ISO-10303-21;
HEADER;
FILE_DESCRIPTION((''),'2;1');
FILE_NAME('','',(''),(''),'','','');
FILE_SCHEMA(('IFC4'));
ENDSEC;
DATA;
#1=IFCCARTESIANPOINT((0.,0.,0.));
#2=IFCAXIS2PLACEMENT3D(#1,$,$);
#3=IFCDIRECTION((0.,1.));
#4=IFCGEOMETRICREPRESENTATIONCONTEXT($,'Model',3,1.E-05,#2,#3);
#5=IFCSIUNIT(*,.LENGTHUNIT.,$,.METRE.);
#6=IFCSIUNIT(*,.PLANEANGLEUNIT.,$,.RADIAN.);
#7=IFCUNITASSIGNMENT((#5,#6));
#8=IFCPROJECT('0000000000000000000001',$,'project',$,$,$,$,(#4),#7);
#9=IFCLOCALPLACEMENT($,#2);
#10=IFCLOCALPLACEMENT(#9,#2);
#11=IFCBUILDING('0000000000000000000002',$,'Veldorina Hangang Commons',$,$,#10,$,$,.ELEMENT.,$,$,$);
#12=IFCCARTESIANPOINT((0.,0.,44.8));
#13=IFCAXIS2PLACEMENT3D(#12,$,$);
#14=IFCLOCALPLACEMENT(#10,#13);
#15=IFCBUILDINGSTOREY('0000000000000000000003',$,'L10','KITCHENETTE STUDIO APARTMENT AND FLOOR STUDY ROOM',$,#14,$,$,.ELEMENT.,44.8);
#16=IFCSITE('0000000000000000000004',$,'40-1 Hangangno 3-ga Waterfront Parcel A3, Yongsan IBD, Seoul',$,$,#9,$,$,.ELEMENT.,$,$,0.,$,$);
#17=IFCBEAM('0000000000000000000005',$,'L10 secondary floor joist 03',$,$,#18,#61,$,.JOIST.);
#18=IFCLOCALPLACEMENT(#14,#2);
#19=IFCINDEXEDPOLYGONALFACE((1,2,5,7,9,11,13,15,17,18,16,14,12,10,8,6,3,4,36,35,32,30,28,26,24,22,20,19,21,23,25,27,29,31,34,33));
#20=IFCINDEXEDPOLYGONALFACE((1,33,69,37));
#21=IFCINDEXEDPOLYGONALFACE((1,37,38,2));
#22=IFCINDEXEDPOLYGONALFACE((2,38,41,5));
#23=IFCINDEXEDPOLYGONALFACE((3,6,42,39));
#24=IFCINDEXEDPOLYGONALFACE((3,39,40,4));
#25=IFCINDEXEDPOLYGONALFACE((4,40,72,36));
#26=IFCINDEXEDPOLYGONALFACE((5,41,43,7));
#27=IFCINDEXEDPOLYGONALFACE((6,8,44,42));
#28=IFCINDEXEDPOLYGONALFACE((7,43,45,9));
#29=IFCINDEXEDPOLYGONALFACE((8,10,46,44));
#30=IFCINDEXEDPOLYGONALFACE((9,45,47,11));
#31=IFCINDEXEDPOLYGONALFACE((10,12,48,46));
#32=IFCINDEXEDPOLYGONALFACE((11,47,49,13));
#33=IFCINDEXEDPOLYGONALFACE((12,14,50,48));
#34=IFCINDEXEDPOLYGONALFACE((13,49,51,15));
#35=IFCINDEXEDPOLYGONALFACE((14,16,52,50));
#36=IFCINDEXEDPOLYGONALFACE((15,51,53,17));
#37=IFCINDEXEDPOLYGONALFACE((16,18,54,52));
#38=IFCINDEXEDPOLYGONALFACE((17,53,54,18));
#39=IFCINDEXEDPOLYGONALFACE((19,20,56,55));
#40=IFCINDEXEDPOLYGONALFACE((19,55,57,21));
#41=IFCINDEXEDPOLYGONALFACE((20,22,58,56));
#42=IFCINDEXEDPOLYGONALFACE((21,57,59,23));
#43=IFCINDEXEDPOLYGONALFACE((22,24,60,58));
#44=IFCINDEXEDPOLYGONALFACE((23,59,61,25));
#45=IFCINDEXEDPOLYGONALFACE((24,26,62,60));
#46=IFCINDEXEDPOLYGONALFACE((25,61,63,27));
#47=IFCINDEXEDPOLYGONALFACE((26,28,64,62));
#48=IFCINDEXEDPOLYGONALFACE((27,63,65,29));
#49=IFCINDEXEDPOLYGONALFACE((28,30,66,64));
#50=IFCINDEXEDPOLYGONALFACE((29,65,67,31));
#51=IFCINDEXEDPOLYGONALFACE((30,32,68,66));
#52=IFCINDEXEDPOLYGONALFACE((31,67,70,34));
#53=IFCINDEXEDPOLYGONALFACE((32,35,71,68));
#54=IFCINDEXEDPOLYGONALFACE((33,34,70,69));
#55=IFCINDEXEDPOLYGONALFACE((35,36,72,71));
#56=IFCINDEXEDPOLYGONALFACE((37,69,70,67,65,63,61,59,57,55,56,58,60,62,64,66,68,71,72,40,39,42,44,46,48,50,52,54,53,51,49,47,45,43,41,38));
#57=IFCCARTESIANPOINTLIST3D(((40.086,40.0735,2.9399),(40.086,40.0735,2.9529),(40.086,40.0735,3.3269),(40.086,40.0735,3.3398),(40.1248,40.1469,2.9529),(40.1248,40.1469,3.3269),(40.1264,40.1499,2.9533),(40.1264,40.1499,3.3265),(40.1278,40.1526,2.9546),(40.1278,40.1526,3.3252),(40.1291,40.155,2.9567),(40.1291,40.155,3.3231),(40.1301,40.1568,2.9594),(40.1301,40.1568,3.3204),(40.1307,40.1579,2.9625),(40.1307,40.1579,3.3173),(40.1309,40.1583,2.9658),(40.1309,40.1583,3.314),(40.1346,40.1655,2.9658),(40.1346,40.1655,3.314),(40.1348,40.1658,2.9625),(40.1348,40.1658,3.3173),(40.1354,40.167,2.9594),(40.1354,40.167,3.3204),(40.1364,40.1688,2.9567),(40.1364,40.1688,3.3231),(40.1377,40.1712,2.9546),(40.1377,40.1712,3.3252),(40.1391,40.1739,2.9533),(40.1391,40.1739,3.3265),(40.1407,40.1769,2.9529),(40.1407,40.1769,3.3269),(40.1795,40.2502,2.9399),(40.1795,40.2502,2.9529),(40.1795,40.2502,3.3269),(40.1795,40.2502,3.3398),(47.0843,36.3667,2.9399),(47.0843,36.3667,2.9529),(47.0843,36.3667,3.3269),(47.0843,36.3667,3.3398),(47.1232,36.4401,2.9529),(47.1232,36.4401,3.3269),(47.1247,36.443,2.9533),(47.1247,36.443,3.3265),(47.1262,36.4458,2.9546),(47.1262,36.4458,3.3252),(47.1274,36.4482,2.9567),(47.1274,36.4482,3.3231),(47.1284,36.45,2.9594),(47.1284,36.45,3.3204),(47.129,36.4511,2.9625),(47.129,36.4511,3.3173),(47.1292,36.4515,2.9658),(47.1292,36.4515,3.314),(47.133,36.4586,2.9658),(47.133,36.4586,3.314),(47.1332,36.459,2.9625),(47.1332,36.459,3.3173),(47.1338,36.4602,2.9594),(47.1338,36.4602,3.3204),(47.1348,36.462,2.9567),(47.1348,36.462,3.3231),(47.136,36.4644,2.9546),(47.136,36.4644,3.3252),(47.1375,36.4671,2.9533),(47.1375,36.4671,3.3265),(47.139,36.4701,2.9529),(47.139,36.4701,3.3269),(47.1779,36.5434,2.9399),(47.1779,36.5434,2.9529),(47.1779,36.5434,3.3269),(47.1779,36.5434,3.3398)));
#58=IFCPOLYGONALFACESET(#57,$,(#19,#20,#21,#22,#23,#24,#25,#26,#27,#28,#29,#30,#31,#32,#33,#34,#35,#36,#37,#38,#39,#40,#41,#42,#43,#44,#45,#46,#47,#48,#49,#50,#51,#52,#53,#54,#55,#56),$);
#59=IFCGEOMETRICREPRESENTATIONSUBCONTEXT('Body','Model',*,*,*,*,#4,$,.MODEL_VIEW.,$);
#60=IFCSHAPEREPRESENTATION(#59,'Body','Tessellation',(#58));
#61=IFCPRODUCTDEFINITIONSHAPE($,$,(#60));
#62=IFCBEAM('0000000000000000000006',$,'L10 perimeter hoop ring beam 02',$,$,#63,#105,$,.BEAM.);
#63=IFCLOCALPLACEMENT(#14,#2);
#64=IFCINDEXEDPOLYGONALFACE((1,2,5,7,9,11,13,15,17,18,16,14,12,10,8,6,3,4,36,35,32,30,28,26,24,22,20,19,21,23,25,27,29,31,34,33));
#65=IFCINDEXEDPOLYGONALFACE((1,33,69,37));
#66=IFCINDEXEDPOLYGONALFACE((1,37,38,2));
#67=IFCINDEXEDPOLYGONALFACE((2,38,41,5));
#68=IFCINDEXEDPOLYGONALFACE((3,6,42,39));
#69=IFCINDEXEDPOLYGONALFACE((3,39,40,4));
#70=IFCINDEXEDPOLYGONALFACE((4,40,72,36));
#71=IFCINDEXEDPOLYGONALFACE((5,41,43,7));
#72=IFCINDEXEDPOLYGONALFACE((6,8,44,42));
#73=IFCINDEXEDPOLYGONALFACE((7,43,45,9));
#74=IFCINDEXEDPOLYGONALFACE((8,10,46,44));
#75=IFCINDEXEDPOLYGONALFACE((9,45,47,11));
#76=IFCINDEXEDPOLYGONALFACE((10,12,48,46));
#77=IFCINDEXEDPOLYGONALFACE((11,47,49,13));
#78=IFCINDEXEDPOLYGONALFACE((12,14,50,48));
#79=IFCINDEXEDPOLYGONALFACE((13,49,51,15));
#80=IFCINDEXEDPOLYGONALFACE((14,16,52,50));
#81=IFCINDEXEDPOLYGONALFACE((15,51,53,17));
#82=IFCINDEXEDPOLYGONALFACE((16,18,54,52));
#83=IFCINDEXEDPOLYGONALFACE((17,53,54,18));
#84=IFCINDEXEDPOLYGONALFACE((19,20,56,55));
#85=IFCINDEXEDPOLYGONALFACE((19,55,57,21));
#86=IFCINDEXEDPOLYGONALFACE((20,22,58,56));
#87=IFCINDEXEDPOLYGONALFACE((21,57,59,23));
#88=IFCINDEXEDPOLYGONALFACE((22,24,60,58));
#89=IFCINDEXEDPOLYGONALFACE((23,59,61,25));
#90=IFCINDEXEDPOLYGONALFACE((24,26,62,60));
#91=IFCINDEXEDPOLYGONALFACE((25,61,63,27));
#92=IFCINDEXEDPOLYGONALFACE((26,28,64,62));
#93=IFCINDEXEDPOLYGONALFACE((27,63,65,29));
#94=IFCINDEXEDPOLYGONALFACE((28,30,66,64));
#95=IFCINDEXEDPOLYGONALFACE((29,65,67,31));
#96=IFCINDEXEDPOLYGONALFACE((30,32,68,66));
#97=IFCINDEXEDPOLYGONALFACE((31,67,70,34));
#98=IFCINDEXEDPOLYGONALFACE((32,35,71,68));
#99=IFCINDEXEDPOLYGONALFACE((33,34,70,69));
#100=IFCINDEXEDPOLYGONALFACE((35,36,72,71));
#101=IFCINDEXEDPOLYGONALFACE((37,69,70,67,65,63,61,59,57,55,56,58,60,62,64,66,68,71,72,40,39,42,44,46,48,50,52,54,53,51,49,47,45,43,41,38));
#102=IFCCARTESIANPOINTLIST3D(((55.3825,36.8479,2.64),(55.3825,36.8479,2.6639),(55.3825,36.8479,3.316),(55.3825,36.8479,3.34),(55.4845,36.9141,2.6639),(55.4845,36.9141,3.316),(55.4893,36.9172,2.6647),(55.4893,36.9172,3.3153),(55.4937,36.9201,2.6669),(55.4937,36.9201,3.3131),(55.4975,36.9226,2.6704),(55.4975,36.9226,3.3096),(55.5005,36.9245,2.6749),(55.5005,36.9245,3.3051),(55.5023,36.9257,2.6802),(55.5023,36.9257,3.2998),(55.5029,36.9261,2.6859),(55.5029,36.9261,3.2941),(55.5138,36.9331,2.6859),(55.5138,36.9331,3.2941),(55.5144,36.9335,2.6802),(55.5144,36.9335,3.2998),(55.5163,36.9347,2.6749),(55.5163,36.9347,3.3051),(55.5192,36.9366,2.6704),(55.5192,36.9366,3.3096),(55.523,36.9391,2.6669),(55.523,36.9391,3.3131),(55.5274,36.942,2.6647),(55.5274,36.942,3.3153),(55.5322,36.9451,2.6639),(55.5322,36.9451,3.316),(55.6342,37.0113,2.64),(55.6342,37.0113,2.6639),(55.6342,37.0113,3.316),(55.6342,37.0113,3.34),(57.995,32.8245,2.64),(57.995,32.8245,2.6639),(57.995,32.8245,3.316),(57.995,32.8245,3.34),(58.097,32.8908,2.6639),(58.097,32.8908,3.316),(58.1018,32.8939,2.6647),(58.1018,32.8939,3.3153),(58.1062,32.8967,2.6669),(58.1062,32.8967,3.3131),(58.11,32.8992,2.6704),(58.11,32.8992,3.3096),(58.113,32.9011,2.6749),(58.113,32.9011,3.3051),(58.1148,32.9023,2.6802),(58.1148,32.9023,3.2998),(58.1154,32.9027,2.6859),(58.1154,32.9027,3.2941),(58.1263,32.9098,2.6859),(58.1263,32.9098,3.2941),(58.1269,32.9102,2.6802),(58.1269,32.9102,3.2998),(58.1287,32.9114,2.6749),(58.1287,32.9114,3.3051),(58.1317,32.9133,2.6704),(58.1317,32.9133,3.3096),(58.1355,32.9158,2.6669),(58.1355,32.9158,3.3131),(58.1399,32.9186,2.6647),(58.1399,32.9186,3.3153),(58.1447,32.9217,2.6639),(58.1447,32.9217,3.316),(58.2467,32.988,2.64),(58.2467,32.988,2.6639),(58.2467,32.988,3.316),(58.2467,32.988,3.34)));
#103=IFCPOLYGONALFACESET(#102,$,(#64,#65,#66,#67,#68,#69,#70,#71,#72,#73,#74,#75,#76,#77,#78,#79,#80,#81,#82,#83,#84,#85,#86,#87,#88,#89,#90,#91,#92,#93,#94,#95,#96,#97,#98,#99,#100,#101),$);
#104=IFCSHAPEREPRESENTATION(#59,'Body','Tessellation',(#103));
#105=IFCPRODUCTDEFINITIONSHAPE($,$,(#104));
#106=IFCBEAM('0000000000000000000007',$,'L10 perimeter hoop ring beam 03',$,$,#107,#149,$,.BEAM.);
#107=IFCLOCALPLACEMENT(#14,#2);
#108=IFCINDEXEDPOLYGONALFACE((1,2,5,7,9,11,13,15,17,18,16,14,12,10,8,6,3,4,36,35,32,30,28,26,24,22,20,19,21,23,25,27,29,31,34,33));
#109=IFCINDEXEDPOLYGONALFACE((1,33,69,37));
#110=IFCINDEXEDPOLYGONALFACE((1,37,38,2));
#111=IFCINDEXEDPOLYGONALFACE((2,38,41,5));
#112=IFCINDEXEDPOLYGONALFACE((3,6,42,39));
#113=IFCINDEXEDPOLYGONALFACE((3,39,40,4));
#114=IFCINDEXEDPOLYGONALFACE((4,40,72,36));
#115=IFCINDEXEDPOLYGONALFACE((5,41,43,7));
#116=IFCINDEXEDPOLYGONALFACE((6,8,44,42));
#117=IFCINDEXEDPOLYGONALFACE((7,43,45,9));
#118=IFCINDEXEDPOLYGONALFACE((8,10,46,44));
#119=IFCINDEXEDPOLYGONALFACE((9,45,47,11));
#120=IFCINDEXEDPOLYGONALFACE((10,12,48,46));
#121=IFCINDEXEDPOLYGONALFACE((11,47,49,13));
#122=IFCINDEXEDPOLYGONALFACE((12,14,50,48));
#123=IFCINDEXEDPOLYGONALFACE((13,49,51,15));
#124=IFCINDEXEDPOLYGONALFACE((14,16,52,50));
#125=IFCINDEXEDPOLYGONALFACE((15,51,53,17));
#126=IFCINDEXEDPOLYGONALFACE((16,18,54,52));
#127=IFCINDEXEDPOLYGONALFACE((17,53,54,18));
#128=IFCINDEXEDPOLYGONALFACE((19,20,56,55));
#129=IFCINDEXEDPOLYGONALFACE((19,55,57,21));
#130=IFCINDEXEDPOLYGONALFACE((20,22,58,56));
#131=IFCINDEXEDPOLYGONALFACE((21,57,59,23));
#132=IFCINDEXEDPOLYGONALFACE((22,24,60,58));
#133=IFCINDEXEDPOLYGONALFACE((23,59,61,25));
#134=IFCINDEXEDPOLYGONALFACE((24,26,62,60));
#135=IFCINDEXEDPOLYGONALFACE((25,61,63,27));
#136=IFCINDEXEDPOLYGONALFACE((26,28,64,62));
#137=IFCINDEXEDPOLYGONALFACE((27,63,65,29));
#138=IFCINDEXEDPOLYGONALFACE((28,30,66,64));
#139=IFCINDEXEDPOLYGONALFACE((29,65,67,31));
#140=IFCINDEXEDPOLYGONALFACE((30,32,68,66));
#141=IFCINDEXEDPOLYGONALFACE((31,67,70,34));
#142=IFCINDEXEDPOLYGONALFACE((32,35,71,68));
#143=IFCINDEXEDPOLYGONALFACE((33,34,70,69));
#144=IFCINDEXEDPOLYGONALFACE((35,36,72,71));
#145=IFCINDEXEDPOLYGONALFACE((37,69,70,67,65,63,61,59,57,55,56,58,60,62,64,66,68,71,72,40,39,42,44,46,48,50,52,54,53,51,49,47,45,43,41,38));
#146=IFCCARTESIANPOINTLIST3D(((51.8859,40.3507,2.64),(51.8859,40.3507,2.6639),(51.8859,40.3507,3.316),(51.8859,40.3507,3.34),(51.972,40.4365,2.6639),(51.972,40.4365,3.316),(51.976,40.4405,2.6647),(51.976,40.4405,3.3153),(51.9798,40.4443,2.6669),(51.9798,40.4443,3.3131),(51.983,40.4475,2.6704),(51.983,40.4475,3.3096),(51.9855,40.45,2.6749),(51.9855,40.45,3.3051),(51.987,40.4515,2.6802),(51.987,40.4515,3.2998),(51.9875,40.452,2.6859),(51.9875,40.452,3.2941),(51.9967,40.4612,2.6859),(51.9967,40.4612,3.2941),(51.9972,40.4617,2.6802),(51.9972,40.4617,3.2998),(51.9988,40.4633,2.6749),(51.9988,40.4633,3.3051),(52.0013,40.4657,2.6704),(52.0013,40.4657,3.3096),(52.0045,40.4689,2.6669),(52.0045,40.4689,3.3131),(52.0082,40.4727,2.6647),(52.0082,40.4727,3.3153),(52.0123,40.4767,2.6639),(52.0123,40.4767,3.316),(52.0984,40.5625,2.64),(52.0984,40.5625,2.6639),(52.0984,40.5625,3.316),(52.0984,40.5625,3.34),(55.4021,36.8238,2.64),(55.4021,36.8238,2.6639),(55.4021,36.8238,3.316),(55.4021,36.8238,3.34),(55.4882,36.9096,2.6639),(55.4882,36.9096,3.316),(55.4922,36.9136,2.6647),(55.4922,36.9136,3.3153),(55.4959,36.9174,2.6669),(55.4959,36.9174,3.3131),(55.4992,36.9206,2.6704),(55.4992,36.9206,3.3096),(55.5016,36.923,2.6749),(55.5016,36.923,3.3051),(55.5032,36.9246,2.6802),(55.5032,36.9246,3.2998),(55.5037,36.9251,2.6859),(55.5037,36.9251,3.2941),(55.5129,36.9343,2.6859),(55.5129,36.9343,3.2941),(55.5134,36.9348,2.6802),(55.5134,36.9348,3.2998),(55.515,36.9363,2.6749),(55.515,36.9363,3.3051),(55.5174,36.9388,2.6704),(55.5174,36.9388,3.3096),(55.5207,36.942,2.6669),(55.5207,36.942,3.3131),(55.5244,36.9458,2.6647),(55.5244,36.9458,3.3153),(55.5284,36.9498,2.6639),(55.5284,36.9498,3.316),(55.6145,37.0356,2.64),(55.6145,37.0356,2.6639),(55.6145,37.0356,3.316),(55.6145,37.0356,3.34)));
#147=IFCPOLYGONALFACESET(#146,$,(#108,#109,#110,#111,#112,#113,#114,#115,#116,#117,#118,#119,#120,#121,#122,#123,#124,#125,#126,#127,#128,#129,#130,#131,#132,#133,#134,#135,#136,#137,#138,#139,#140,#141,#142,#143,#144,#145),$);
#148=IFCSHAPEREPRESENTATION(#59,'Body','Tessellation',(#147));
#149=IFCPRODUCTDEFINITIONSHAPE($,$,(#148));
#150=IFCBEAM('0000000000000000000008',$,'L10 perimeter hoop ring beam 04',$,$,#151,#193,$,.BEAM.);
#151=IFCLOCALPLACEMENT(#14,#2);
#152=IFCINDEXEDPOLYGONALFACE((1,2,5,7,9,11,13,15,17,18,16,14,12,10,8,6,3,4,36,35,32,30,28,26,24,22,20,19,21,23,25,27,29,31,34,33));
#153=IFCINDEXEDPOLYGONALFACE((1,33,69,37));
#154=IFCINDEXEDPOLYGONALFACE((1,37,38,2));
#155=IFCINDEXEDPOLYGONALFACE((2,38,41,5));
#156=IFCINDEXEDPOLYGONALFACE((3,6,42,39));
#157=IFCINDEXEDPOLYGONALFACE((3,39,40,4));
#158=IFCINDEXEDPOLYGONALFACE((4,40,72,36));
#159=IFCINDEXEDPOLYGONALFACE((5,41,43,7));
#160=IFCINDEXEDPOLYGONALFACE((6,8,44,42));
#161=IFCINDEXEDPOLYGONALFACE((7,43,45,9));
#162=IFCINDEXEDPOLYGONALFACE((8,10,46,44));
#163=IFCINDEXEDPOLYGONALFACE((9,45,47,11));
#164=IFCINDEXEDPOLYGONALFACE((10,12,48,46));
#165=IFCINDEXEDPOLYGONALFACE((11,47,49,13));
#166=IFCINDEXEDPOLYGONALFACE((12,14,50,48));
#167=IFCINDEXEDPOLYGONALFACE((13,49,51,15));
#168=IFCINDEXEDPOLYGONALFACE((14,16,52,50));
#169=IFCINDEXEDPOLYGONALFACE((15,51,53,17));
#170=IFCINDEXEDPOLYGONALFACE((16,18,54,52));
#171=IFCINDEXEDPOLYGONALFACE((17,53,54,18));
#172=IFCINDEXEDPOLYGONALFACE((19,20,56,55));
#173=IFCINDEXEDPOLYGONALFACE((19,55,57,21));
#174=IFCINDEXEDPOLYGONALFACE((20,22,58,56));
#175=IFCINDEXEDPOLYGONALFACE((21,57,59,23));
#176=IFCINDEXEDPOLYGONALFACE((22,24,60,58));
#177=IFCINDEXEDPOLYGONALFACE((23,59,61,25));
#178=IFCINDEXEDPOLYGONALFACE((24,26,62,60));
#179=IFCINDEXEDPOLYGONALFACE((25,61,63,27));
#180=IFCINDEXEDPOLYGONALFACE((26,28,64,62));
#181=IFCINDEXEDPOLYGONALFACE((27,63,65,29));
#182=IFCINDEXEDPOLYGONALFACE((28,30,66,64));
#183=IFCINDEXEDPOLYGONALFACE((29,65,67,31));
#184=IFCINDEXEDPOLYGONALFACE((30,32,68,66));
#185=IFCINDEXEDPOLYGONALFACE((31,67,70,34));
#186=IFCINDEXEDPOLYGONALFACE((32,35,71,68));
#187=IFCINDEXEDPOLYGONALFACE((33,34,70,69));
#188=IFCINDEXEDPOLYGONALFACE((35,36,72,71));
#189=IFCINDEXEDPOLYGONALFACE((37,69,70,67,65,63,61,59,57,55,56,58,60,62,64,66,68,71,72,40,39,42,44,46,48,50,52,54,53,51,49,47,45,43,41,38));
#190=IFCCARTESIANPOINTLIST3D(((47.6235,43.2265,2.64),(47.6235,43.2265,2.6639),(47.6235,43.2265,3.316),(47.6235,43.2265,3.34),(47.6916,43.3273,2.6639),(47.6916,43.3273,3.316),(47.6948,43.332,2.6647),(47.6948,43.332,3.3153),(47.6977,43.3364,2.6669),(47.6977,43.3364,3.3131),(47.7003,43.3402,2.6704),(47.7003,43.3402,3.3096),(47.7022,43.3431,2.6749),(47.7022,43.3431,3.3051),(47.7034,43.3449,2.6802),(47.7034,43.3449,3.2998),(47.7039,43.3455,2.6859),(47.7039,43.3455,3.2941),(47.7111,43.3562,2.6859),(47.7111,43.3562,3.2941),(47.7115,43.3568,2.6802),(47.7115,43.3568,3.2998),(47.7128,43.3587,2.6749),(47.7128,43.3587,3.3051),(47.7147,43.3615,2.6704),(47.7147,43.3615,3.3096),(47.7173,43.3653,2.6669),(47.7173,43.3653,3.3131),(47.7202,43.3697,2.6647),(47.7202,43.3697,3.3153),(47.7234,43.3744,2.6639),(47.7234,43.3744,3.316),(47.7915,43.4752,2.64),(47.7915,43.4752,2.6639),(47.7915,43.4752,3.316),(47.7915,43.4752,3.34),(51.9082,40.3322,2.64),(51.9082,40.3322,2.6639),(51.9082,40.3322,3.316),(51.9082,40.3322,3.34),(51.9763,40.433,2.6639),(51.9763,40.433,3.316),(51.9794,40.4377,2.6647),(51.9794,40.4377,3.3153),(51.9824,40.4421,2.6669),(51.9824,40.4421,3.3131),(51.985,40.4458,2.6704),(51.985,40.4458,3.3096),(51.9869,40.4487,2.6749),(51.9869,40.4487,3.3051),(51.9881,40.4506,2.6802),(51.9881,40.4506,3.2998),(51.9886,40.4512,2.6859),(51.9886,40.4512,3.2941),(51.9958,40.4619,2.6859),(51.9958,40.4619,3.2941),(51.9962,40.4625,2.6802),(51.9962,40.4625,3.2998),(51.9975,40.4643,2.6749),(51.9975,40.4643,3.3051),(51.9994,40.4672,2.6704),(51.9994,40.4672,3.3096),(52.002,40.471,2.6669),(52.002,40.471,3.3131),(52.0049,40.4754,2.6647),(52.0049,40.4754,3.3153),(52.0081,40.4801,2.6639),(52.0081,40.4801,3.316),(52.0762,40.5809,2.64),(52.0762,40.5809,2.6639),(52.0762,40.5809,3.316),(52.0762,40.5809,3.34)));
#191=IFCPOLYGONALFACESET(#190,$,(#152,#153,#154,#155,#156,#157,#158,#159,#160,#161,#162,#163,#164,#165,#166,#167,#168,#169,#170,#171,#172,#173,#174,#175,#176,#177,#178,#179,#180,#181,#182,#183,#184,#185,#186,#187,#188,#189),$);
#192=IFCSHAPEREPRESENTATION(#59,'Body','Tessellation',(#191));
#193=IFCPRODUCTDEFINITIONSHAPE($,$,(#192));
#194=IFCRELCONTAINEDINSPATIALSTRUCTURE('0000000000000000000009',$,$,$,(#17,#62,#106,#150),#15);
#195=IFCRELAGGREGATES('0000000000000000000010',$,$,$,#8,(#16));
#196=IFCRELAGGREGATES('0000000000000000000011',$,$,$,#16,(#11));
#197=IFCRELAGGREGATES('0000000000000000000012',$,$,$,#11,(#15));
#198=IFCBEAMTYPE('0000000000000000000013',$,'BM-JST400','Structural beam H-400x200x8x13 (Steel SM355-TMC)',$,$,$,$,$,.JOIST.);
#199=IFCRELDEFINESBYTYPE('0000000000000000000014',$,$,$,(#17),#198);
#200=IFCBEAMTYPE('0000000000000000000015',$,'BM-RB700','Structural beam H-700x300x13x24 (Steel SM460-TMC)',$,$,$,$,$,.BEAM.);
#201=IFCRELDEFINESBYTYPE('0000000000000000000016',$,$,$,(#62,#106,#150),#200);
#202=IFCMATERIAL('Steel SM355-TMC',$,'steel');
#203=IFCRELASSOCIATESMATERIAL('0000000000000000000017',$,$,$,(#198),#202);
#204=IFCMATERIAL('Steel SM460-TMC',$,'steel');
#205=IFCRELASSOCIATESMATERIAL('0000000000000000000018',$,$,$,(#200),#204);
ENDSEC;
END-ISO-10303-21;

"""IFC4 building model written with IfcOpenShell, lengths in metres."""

from ifc_helpers import new_model, si_unit, direction, frame, origin, origin_2d, place, context, subcontext, project, spatial, i_section, extrude, material, material_profile, profile_set, type_object, element, save


model = new_model("IFC4")

# Units and contexts
model_context = context("Model", 3, precision=1e-05, world=origin(), true_north=direction((0.0, 1.0)))
body_context = subcontext(model_context, "Body", "Model", "MODEL_VIEW")
ifc_project = project(units=[si_unit("LENGTHUNIT", "METRE"), si_unit("PLANEANGLEUNIT", "RADIAN")], contexts=[model_context])

# Site, building, storey
site_placement = place(None, origin())
site = spatial("IfcSite", under=ifc_project, at=site_placement, Name="40-1 Hangangno 3-ga Waterfront Parcel A3, Yongsan IBD, Seoul", CompositionType="ELEMENT", RefElevation=0.0)
building_placement = place(site_placement, origin())
building = spatial("IfcBuilding", under=site, at=building_placement, Name="Veldorina Hangang Commons", CompositionType="ELEMENT")
storey_placement = place(building_placement, frame((0.0, 0.0, 44.8)))
storey = spatial("IfcBuildingStorey", under=building, at=storey_placement, Name="L10", Description="KITCHENETTE STUDIO APARTMENT AND FLOOR STUDY ROOM", CompositionType="ELEMENT", Elevation=44.8)

# Beams
ifc_material_1 = material(Name="Steel SM355-TMC", Category="steel")
ifc_material_profile_1 = material_profile(ifc_material_1, i_section(OverallWidth=0.2, OverallDepth=0.3999, WebThickness=0.0081, FlangeThickness=0.0129, FilletRadius=0.0129, at=origin_2d()), Name="H-400x200x8x13")
ifc_profile_set_1 = profile_set([ifc_material_profile_1], Name="Steel SM355-TMC")
beam_type_1 = type_object("IfcBeamType", Name="BM-JST400", Description="Structural beam H-400x200x8x13 (Steel SM355-TMC)", PredefinedType="JOIST", material=ifc_profile_set_1)
beam_1_placement = place(storey_placement, frame((47.1311, 36.4551, 3.1399), z_axis=(-0.883693, 0.468066, 0.0), x_axis=(-0.468066, -0.883693, 0.0)))
element("IfcBeam", 1, at=beam_1_placement, inside=storey, type_object=beam_type_1, Name="L10 secondary floor joist 03", PredefinedType="JOIST", context=body_context, shape_type="SweptSolid", body=[
    extrude(i_section(OverallWidth=0.2, OverallDepth=0.3999, WebThickness=0.0081, FlangeThickness=0.0129, FilletRadius=0.0129, at=origin_2d()), origin(), (0.0, 0.0, 1.0), 7.9194),
])
ifc_material_2 = material(Name="Steel SM460-TMC", Category="steel")
ifc_material_profile_2 = material_profile(ifc_material_2, i_section(OverallWidth=0.3, OverallDepth=0.7, WebThickness=0.0129, FlangeThickness=0.0239, FilletRadius=0.022, at=origin_2d()), Name="H-700x300x13x24")
ifc_profile_set_2 = profile_set([ifc_material_profile_2], Name="Steel SM460-TMC")
beam_type_2 = type_object("IfcBeamType", Name="BM-RB700", Description="Structural beam H-700x300x13x24 (Steel SM460-TMC)", PredefinedType="BEAM", material=ifc_profile_set_2)
beam_2_placement = place(storey_placement, frame((58.1208, 32.9062, 2.99), z_axis=(-0.544595, 0.838699, 0.0), x_axis=(-0.838699, -0.544595, 0.0)))
element("IfcBeam", 2, at=beam_2_placement, inside=storey, type_object=beam_type_2, Name="L10 perimeter hoop ring beam 02", PredefinedType="BEAM", context=body_context, shape_type="SweptSolid", body=[
    extrude(i_section(OverallWidth=0.3, OverallDepth=0.7, WebThickness=0.0129, FlangeThickness=0.0239, FilletRadius=0.022, at=origin_2d()), origin(), (0.0, 0.0, 1.0), 4.7971),
])
beam_3_placement = place(storey_placement, frame((55.5083, 36.9297, 2.99), z_axis=(-0.706027, 0.708184, 0.0), x_axis=(-0.708184, -0.706027, 0.0)))
element("IfcBeam", 3, at=beam_3_placement, inside=storey, type_object=beam_type_2, Name="L10 perimeter hoop ring beam 03", PredefinedType="BEAM", context=body_context, shape_type="SweptSolid", body=[
    extrude(i_section(OverallWidth=0.3, OverallDepth=0.7, WebThickness=0.0129, FlangeThickness=0.0239, FilletRadius=0.022, at=origin_2d()), origin(), (0.0, 0.0, 1.0), 4.9802),
])
beam_4_placement = place(storey_placement, frame((51.9922, 40.4565, 2.99), z_axis=(-0.828657, 0.559757, 0.0), x_axis=(-0.559757, -0.828657, 0.0)))
element("IfcBeam", 4, at=beam_4_placement, inside=storey, type_object=beam_type_2, Name="L10 perimeter hoop ring beam 04", PredefinedType="BEAM", context=body_context, shape_type="SweptSolid", body=[
    extrude(i_section(OverallWidth=0.3, OverallDepth=0.7, WebThickness=0.0129, FlangeThickness=0.0239, FilletRadius=0.022, at=origin_2d()), origin(), (0.0, 0.0, 1.0), 5.1707),
])

save(model, "model.ifc")
